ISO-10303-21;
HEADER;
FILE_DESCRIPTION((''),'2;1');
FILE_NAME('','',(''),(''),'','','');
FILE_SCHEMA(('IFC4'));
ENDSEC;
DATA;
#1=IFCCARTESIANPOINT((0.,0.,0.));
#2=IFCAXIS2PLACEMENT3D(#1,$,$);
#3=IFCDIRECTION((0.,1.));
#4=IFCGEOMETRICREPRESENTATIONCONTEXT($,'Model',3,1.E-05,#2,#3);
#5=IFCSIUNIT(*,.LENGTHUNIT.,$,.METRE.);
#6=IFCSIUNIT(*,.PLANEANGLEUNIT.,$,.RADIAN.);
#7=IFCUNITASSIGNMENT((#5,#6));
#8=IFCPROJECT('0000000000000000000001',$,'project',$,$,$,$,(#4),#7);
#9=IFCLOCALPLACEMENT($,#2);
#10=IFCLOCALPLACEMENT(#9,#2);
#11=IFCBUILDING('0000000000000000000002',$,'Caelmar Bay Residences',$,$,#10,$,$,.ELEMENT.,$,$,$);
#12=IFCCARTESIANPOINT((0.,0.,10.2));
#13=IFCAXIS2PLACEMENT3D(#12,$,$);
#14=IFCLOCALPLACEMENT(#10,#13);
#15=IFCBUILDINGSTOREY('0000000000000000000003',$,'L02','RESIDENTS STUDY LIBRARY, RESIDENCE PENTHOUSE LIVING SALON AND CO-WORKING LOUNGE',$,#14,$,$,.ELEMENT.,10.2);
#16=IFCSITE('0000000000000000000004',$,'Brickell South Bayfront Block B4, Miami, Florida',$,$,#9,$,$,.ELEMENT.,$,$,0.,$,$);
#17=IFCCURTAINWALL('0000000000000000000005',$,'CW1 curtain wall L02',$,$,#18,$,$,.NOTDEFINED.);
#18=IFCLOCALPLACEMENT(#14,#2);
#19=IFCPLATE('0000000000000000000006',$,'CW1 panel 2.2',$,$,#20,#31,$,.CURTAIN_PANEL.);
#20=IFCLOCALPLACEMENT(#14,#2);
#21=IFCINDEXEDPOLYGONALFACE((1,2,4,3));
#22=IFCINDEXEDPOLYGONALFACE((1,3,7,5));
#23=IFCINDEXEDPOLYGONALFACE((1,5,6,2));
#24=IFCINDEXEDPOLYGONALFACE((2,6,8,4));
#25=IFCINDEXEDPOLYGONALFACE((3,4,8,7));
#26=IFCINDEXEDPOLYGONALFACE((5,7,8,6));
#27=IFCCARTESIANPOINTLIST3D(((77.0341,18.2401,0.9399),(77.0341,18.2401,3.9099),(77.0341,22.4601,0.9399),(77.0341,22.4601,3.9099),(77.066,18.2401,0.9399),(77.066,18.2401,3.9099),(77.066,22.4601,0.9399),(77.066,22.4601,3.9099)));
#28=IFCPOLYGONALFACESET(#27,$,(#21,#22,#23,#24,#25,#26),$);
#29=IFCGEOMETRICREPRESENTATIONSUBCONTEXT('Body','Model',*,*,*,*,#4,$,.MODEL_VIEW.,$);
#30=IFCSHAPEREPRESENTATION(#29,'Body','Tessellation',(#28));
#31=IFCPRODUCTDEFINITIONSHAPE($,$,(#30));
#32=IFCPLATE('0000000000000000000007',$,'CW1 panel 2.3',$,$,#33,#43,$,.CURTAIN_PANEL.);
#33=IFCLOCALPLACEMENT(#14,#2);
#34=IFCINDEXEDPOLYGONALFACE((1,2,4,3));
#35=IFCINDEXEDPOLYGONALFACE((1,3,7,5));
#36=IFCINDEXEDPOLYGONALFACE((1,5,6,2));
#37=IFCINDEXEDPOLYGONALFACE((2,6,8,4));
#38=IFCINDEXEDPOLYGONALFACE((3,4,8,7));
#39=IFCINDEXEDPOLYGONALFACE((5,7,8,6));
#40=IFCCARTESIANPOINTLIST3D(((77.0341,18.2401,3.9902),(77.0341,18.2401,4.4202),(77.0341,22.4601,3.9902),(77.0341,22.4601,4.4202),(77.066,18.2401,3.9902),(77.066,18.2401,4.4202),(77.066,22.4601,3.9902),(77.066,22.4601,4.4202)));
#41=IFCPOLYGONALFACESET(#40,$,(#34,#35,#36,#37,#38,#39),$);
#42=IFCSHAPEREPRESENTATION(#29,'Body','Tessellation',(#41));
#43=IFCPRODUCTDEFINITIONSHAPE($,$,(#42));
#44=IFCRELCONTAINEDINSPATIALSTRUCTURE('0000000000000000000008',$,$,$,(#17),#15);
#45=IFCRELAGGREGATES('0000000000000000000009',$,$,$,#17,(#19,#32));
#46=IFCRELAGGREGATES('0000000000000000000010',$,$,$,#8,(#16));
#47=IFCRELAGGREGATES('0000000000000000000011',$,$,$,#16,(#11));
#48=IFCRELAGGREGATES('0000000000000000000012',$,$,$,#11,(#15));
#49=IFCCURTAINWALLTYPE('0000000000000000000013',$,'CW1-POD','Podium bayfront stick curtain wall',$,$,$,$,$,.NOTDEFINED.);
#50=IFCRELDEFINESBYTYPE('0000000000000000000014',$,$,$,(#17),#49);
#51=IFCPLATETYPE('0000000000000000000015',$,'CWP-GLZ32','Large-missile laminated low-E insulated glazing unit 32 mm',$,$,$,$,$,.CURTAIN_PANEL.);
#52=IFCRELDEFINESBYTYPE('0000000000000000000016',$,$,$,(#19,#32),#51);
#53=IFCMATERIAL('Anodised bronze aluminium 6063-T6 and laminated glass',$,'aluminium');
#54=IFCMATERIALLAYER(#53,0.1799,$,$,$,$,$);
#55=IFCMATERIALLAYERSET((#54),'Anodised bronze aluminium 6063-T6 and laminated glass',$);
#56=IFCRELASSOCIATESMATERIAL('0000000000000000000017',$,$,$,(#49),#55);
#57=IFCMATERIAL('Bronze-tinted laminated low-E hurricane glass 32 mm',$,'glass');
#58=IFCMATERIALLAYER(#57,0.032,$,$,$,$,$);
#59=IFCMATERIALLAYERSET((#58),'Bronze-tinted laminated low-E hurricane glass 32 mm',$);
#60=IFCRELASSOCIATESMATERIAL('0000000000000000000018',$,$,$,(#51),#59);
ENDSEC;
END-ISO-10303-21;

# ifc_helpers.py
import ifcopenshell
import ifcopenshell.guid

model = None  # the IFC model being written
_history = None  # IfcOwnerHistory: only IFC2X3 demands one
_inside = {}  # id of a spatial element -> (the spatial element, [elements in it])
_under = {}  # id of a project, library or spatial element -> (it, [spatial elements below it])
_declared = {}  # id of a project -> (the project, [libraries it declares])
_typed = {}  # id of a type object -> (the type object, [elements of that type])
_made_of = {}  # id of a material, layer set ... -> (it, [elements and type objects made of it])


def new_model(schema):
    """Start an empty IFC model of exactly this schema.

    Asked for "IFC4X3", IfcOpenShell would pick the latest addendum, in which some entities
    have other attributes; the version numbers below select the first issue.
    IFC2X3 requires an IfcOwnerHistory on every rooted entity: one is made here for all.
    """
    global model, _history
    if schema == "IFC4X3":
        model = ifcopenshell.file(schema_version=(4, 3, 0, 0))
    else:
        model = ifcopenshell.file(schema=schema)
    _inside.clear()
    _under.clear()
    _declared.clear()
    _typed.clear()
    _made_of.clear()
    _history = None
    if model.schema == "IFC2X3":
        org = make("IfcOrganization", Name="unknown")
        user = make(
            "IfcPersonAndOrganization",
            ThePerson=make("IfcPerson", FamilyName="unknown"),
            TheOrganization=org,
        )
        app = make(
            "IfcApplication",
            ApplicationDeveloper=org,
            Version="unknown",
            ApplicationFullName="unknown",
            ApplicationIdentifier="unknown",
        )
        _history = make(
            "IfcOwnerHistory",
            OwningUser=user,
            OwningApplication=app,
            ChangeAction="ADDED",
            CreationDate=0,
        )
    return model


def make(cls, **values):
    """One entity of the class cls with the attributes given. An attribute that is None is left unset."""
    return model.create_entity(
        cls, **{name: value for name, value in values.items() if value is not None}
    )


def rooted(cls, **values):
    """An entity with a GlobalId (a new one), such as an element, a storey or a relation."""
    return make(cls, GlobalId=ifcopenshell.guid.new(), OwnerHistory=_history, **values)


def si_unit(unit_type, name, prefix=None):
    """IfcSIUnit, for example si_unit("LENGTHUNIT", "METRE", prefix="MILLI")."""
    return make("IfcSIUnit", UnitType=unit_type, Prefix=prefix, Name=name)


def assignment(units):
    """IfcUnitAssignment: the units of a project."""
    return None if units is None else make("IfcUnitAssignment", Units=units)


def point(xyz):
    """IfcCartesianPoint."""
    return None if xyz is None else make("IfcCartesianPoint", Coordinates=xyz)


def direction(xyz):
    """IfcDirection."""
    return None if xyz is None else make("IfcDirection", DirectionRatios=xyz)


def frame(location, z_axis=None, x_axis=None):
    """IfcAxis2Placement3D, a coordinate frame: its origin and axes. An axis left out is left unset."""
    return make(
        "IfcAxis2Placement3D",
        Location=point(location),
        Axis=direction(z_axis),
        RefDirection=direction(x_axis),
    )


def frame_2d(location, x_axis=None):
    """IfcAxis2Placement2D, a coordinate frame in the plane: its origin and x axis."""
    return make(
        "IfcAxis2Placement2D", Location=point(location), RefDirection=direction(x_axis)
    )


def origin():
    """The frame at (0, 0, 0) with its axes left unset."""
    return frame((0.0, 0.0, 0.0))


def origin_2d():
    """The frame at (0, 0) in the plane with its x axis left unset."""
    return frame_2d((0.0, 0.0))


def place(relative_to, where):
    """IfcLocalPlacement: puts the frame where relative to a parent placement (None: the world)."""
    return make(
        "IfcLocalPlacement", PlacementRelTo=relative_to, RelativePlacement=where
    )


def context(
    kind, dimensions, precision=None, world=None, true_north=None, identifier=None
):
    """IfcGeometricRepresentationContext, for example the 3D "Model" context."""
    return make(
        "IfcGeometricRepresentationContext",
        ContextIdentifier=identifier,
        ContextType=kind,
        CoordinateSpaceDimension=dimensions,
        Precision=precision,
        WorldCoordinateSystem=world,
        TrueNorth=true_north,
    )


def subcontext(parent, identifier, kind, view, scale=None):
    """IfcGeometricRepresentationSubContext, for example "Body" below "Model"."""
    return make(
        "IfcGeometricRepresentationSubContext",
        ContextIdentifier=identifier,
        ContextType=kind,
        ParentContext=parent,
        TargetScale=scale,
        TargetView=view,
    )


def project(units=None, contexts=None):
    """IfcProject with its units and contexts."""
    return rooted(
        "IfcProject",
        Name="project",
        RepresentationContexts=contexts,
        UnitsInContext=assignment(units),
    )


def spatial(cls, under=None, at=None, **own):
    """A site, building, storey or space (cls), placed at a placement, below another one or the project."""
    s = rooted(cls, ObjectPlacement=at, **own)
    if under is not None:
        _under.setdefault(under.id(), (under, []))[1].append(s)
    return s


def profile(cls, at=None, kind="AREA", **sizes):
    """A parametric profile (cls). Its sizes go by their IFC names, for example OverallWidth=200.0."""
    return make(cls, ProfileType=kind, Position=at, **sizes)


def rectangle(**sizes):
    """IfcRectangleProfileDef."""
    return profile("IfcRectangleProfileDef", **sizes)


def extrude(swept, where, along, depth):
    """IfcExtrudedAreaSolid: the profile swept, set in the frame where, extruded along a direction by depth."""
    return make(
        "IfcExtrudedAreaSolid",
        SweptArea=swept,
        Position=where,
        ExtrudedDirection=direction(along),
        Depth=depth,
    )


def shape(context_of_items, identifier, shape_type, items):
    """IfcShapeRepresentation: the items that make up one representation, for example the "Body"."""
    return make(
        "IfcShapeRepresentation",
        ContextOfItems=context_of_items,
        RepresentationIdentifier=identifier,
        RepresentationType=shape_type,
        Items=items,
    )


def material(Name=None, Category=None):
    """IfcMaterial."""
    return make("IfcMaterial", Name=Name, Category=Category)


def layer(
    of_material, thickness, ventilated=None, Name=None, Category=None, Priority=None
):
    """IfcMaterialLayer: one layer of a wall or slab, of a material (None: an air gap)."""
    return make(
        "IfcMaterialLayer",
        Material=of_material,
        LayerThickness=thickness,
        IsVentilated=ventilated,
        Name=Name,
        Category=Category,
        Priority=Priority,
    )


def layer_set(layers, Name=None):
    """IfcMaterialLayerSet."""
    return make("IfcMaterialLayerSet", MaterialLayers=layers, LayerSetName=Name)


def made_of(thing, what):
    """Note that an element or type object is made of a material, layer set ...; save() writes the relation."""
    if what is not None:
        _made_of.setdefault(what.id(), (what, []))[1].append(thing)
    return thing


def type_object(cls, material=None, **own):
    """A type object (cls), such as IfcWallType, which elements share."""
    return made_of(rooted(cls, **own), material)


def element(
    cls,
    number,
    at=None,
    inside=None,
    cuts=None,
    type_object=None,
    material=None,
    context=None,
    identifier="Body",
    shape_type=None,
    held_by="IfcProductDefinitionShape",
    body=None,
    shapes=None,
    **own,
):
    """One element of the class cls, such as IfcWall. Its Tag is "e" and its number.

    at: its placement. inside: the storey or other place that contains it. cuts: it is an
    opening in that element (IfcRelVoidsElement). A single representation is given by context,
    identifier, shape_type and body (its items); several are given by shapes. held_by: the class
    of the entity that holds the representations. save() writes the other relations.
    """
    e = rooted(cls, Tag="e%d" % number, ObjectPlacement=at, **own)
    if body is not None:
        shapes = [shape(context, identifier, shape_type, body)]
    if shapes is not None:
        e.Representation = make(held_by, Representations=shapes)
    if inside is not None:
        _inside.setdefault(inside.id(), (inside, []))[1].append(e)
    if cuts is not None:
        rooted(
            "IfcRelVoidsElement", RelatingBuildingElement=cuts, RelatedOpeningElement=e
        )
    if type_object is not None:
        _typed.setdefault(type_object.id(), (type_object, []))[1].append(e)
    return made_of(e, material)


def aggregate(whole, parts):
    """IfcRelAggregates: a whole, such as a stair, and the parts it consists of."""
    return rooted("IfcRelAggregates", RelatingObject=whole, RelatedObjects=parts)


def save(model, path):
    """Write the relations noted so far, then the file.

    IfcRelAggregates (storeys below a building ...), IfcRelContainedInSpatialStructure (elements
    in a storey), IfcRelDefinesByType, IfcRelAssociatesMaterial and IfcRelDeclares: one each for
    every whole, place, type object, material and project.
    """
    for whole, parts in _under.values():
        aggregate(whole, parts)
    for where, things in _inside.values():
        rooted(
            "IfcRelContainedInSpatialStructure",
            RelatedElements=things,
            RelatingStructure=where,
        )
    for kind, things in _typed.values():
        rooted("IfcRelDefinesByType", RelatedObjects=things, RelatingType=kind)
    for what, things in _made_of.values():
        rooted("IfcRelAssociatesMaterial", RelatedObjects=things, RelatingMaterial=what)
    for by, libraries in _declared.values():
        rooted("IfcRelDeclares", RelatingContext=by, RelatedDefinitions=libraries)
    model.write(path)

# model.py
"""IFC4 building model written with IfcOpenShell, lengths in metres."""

from ifc_helpers import new_model, si_unit, direction, frame, origin, origin_2d, place, context, subcontext, project, spatial, rectangle, extrude, material, layer, layer_set, type_object, element, aggregate, save


model = new_model("IFC4")

# Units and contexts
model_context = context("Model", 3, precision=1e-05, world=origin(), true_north=direction((0.0, 1.0)))
body_context = subcontext(model_context, "Body", "Model", "MODEL_VIEW")
ifc_project = project(units=[si_unit("LENGTHUNIT", "METRE"), si_unit("PLANEANGLEUNIT", "RADIAN")], contexts=[model_context])

# Site, building, storey
site_placement = place(None, origin())
site = spatial("IfcSite", under=ifc_project, at=site_placement, Name="Brickell South Bayfront Block B4, Miami, Florida", CompositionType="ELEMENT", RefElevation=0.0)
building_placement = place(site_placement, origin())
building = spatial("IfcBuilding", under=site, at=building_placement, Name="Caelmar Bay Residences", CompositionType="ELEMENT")
storey_placement = place(building_placement, frame((0.0, 0.0, 10.2)))
storey = spatial("IfcBuildingStorey", under=building, at=storey_placement, Name="L02", Description="RESIDENTS STUDY LIBRARY, RESIDENCE PENTHOUSE LIVING SALON AND CO-WORKING LOUNGE", CompositionType="ELEMENT", Elevation=10.2)

# Curtain wall, plates
ifc_material_1 = material(Name="Anodised bronze aluminium 6063-T6 and laminated glass", Category="aluminium")
ifc_layer_1 = layer(ifc_material_1, 0.1799)
ifc_layer_set_1 = layer_set([ifc_layer_1], Name="Anodised bronze aluminium 6063-T6 and laminated glass")
curtain_wall_type = type_object("IfcCurtainWallType", Name="CW1-POD", Description="Podium bayfront stick curtain wall", PredefinedType="NOTDEFINED", material=ifc_layer_set_1)
curtain_wall_placement = place(storey_placement, origin())
curtain_wall = element("IfcCurtainWall", 1, at=curtain_wall_placement, inside=storey, type_object=curtain_wall_type, Name="CW1 curtain wall L02", PredefinedType="NOTDEFINED")
ifc_material_2 = material(Name="Bronze-tinted laminated low-E hurricane glass 32 mm", Category="glass")
ifc_layer_2 = layer(ifc_material_2, 0.032)
ifc_layer_set_2 = layer_set([ifc_layer_2], Name="Bronze-tinted laminated low-E hurricane glass 32 mm")
plate_type = type_object("IfcPlateType", Name="CWP-GLZ32", Description="Large-missile laminated low-E insulated glazing unit 32 mm", PredefinedType="CURTAIN_PANEL", material=ifc_layer_set_2)
plate_1_placement = place(storey_placement, frame((77.05, 20.3501, 0.9399), z_axis=(0.0, 0.0, 1.0), x_axis=(0.0, -1.0, 0.0)))
plate_1 = element("IfcPlate", 2, at=plate_1_placement, type_object=plate_type, Name="CW1 panel 2.2", PredefinedType="CURTAIN_PANEL", context=body_context, shape_type="SweptSolid", body=[
    extrude(rectangle(XDim=4.22, YDim=0.032, at=origin_2d()), origin(), (0.0, 0.0, 1.0), 2.97),
])
plate_2_placement = place(storey_placement, frame((77.05, 20.3501, 3.9902), z_axis=(0.0, 0.0, 1.0), x_axis=(0.0, -1.0, 0.0)))
plate_2 = element("IfcPlate", 3, at=plate_2_placement, type_object=plate_type, Name="CW1 panel 2.3", PredefinedType="CURTAIN_PANEL", context=body_context, shape_type="SweptSolid", body=[
    extrude(rectangle(XDim=4.22, YDim=0.032, at=origin_2d()), origin(), (0.0, 0.0, 1.0), 0.4299),
])
aggregate(curtain_wall, [plate_1, plate_2])

save(model, "model.ifc")
